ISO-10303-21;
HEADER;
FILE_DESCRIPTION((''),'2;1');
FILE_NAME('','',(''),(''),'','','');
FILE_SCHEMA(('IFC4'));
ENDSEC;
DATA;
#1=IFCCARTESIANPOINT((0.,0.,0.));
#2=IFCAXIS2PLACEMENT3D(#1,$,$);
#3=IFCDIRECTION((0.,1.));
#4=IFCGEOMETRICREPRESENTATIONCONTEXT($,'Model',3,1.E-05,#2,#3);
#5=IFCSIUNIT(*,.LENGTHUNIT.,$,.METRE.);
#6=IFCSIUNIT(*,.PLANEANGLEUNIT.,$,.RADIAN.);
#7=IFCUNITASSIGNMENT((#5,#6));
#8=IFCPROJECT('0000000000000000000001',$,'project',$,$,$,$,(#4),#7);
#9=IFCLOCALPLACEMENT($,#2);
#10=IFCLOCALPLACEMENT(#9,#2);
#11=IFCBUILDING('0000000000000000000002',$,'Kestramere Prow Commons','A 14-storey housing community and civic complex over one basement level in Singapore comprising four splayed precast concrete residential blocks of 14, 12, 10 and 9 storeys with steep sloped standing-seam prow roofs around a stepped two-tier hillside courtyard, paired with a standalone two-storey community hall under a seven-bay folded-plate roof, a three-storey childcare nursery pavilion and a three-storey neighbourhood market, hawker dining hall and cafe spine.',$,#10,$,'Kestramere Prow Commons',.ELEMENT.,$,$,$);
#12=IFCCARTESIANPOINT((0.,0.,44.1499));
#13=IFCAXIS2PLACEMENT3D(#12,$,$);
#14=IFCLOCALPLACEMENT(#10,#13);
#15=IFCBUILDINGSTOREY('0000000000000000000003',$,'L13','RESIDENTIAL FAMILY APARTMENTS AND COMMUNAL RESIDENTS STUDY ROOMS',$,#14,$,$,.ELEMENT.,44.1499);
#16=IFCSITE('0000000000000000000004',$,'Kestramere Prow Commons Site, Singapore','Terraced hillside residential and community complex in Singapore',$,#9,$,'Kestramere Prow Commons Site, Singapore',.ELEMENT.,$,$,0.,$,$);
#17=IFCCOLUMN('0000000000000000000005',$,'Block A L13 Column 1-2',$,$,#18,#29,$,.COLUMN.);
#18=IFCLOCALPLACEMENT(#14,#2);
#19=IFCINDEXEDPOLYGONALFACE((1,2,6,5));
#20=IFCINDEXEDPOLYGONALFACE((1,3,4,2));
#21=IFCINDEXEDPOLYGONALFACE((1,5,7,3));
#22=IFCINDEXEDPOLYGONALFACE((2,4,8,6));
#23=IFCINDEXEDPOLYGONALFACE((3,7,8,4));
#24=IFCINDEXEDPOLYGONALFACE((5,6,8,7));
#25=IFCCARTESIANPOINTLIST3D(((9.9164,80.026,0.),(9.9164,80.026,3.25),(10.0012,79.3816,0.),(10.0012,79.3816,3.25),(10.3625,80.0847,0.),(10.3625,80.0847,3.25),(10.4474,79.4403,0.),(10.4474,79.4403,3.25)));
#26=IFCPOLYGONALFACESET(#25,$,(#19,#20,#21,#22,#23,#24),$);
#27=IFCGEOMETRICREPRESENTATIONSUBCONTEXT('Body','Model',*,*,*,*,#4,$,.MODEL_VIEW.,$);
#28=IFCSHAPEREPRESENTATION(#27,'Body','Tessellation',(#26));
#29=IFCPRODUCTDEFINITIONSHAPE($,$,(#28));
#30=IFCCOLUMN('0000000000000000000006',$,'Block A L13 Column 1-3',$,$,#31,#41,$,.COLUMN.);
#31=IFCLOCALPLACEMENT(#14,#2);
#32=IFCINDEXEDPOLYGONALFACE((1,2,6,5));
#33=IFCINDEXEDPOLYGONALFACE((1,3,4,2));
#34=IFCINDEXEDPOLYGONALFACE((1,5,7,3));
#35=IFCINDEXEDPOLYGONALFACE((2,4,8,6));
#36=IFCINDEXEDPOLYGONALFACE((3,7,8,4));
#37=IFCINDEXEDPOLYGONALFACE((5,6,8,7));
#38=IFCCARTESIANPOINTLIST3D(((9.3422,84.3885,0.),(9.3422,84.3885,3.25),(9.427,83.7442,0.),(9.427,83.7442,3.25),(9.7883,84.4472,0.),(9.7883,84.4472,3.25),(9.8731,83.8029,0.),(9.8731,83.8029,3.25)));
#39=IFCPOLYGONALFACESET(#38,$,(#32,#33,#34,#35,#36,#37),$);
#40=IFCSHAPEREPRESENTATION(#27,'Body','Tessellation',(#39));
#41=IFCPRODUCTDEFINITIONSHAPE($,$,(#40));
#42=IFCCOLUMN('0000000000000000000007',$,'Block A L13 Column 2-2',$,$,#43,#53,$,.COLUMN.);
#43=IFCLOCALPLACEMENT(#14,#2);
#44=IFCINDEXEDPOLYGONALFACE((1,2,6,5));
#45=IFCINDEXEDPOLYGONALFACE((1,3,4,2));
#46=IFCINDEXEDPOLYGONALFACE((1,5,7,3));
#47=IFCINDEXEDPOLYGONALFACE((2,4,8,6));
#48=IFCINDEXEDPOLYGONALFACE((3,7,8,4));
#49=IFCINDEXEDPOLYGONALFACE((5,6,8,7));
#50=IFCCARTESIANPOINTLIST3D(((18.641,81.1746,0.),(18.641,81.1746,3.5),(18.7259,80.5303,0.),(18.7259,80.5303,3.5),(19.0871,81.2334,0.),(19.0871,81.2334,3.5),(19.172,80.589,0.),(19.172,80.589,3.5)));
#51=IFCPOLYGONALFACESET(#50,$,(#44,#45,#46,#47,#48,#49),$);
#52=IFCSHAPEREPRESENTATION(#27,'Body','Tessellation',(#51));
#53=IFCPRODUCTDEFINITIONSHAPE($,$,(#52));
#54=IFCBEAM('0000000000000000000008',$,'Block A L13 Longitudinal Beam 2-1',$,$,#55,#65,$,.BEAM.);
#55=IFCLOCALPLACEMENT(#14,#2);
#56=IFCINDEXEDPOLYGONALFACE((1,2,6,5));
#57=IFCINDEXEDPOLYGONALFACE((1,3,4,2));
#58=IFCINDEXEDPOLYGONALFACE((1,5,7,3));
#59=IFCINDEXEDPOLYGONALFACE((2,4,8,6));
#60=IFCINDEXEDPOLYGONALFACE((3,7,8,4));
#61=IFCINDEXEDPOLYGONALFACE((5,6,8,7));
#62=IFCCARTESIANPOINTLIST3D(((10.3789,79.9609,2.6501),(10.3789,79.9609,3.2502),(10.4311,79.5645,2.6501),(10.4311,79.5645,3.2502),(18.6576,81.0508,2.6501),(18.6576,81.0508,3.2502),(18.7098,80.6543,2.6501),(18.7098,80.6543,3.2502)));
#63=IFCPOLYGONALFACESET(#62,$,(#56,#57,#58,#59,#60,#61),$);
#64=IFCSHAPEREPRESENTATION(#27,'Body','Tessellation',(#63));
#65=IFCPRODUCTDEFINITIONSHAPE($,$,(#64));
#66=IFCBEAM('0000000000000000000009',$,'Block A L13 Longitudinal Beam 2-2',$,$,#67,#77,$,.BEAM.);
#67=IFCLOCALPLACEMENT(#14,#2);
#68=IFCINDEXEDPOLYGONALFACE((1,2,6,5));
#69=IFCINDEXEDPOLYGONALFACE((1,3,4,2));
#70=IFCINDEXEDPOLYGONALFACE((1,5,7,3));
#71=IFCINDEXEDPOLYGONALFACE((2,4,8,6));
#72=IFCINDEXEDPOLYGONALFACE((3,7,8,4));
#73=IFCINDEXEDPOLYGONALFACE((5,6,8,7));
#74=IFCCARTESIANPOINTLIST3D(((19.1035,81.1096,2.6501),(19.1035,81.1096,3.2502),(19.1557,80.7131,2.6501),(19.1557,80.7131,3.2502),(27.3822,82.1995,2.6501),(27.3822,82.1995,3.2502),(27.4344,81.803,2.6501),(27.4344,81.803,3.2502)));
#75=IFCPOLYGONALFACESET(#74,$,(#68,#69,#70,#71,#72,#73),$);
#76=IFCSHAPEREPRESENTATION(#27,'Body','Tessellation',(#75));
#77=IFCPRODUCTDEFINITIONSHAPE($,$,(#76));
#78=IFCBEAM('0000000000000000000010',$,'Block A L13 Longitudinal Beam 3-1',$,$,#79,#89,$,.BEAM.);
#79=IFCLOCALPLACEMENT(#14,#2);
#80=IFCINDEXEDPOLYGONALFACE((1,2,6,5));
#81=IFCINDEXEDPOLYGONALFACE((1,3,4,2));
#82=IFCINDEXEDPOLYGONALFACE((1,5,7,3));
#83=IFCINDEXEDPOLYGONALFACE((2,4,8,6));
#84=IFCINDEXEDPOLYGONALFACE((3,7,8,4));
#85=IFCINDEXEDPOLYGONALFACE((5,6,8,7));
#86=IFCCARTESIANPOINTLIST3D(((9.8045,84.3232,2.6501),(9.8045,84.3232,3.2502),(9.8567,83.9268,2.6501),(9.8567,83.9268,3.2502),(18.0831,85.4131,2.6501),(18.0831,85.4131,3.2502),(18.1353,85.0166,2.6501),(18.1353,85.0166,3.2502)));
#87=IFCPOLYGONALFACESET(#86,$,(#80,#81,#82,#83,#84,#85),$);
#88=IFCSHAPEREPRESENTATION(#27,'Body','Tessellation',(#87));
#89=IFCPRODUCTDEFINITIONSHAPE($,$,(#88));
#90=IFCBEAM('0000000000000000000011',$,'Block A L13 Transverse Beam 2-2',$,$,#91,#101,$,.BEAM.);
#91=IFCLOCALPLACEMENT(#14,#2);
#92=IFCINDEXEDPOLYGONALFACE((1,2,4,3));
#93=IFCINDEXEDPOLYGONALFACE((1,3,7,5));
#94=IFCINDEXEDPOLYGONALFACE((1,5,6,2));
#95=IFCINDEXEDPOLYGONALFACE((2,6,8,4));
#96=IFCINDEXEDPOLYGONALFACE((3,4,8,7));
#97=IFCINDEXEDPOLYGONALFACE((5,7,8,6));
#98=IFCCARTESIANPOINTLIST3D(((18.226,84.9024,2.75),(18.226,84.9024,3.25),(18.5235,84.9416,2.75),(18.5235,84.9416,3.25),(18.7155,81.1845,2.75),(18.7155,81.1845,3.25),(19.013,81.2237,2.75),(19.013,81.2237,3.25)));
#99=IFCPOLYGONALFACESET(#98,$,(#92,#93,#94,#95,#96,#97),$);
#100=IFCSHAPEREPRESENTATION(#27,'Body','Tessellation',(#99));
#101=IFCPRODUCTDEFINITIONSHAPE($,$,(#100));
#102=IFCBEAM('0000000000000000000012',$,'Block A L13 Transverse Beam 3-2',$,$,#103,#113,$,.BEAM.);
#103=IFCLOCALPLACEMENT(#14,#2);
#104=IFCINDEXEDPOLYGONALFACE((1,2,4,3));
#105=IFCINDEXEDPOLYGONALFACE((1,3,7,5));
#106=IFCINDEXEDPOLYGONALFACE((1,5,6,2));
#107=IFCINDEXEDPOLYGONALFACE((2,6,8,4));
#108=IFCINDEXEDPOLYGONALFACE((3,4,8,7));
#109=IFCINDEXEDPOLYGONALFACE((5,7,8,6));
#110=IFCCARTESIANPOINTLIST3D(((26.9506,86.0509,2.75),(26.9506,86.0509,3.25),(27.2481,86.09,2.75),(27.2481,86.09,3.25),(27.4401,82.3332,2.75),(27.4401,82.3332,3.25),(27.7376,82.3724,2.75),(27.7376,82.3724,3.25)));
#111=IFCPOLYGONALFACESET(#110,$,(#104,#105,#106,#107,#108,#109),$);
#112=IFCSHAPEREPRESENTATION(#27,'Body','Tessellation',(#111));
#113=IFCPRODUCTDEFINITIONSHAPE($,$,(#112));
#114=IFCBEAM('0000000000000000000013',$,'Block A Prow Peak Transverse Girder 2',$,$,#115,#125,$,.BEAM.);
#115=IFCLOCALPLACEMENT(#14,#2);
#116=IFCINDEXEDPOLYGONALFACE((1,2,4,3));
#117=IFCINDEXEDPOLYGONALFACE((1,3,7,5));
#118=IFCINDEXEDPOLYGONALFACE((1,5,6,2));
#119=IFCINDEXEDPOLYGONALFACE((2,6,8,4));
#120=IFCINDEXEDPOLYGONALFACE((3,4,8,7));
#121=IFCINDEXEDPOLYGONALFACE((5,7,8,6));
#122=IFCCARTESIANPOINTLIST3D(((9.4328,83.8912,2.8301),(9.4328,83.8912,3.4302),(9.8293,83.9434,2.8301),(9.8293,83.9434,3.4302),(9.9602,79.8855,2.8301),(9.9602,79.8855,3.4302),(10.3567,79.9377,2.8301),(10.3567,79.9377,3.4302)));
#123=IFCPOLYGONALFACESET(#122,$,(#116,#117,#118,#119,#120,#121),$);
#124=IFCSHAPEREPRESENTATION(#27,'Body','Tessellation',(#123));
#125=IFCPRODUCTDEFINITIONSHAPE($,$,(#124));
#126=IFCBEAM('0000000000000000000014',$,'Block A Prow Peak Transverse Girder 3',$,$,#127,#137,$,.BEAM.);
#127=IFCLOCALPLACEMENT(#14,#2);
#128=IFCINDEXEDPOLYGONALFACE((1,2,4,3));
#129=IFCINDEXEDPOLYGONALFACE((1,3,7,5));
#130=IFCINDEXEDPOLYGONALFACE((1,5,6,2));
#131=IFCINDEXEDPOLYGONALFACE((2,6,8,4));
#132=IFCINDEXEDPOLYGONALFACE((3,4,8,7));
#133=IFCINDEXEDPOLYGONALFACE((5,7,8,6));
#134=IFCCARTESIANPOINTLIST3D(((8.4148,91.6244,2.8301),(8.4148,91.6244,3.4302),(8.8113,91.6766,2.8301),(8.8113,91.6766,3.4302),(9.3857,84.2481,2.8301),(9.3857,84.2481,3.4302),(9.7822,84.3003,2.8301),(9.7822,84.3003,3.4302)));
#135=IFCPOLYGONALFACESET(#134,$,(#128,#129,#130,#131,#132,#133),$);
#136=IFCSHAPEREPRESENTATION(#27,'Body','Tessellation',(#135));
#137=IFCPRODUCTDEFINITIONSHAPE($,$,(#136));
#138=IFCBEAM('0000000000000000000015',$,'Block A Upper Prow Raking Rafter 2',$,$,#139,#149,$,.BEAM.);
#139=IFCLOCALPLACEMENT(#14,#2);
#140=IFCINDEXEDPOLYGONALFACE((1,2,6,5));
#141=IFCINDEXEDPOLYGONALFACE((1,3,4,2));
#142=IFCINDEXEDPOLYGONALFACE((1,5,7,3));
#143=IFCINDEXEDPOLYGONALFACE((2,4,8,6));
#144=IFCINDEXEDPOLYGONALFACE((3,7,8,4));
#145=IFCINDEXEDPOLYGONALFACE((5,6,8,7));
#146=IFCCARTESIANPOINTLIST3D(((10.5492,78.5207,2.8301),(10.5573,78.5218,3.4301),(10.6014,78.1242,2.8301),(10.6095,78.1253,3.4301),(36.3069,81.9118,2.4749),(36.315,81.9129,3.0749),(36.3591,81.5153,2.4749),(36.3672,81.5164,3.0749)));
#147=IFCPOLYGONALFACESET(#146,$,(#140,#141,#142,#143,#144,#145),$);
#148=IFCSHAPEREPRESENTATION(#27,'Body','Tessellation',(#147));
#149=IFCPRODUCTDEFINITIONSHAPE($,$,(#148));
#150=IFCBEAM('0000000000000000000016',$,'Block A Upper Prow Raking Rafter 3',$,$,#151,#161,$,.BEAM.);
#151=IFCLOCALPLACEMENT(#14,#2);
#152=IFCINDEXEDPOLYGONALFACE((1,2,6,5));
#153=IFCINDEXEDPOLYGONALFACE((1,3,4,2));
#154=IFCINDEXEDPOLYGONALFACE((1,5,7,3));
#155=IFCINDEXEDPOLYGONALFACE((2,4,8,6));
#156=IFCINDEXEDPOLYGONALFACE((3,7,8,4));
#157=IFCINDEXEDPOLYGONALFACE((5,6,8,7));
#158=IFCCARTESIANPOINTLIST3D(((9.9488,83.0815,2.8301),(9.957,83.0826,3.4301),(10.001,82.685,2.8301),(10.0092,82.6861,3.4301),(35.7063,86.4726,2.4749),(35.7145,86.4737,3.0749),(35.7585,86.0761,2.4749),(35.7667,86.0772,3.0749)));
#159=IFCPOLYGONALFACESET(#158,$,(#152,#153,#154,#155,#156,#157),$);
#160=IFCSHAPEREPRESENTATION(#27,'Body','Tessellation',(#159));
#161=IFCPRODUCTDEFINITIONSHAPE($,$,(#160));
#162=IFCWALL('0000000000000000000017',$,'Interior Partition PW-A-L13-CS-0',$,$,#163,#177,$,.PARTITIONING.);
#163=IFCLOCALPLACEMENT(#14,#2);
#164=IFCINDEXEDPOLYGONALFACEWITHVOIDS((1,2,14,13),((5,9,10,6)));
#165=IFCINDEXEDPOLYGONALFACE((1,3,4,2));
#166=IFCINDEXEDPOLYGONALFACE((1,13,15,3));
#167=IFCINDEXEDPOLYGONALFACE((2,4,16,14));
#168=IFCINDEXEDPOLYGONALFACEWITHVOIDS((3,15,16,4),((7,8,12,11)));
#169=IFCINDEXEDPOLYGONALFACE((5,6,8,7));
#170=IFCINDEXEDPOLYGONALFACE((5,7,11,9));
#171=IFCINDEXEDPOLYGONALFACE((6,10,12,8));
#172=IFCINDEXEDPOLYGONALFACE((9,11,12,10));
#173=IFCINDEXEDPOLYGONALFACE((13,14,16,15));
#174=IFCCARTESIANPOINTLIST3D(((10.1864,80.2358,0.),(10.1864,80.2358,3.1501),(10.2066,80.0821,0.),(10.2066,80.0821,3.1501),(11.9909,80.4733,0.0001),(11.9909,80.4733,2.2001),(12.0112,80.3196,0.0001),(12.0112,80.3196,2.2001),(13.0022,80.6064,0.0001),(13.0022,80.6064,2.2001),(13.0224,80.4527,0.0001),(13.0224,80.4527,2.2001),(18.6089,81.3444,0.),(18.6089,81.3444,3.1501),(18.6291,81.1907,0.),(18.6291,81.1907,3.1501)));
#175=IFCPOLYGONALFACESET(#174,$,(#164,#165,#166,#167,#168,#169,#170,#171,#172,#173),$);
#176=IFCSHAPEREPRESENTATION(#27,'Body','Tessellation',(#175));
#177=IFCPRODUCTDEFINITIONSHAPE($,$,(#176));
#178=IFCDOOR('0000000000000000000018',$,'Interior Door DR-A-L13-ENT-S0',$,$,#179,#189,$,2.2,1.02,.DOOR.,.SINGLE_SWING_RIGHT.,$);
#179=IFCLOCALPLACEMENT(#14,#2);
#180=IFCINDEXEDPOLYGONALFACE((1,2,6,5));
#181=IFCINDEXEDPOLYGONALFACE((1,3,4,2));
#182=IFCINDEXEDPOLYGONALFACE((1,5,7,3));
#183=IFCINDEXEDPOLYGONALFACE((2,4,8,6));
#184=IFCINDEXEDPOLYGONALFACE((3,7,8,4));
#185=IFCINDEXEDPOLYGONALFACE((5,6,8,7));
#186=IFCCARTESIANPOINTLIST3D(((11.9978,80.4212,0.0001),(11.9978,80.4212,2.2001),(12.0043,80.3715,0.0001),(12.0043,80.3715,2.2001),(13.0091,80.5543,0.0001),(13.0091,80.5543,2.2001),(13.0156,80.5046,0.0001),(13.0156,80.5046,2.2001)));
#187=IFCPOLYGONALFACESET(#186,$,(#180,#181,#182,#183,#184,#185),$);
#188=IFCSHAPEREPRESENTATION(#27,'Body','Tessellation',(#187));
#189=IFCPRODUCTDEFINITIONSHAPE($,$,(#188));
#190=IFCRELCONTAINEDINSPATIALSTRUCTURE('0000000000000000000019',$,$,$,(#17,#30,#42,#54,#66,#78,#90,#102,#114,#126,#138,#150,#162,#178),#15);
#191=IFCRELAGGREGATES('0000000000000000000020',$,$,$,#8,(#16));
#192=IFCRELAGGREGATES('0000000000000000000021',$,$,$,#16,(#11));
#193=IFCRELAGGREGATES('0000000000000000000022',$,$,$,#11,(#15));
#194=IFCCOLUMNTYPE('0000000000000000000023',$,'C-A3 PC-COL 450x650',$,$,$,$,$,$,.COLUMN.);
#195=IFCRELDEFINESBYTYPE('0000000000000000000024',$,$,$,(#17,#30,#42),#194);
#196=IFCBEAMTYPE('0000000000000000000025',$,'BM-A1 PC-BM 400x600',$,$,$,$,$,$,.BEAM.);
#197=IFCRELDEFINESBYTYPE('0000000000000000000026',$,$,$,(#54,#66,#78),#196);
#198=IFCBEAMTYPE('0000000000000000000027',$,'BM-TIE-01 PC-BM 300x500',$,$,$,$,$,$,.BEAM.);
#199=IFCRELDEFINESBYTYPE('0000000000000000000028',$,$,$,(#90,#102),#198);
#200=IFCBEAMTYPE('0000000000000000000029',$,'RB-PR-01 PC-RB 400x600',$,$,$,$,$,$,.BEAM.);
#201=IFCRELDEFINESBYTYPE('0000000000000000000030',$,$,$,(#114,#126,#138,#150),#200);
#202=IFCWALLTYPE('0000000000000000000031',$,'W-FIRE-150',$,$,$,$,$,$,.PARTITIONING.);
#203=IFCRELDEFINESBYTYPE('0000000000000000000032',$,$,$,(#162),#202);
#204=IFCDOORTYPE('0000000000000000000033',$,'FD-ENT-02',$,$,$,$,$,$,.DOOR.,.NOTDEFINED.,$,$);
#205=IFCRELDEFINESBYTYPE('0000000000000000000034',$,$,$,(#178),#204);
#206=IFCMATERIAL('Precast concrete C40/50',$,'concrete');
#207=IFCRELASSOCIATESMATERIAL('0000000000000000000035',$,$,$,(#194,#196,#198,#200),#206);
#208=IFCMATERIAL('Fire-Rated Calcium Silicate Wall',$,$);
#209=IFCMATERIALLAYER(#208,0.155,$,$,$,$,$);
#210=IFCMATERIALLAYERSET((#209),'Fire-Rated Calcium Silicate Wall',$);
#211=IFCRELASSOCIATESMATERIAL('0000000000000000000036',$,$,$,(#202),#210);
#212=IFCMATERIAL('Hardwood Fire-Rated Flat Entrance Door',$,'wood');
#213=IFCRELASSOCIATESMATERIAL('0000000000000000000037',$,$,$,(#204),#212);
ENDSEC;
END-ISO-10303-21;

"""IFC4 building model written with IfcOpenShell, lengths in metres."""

from ifc_helpers import new_model, si_unit, direction, frame, frame_2d, origin, origin_2d, place, context, subcontext, project, spatial, rectangle, extrude, material, layer, layer_set, material_profile, profile_set, type_object, element, fill, save


model = new_model("IFC4")

# Units and contexts
model_context = context("Model", 3, precision=1e-05, world=origin(), true_north=direction((0.0, 1.0)))
body_context = subcontext(model_context, "Body", "Model", "MODEL_VIEW")
ifc_project = project(units=[si_unit("LENGTHUNIT", "METRE"), si_unit("PLANEANGLEUNIT", "RADIAN")], contexts=[model_context])

# Site, building, storey
site_placement = place(None, origin())
site = spatial("IfcSite", under=ifc_project, at=site_placement, Name="Kestramere Prow Commons Site, Singapore", Description="Terraced hillside residential and community complex in Singapore", LongName="Kestramere Prow Commons Site, Singapore", CompositionType="ELEMENT", RefElevation=0.0)
building_placement = place(site_placement, origin())
building = spatial("IfcBuilding", under=site, at=building_placement, Name="Kestramere Prow Commons", Description="A 14-storey housing community and civic complex over one basement level in Singapore comprising four splayed precast concrete residential blocks of 14, 12, 10 and 9 storeys with steep sloped standing-seam prow roofs around a stepped two-tier hillside courtyard, paired with a standalone two-storey community hall under a seven-bay folded-plate roof, a three-storey childcare nursery pavilion and a three-storey neighbourhood market, hawker dining hall and cafe spine.", LongName="Kestramere Prow Commons", CompositionType="ELEMENT")
storey_placement = place(building_placement, frame((0.0, 0.0, 44.1499)))
storey = spatial("IfcBuildingStorey", under=building, at=storey_placement, Name="L13", Description="RESIDENTIAL FAMILY APARTMENTS AND COMMUNAL RESIDENTS STUDY ROOMS", CompositionType="ELEMENT", Elevation=44.1499)

# Columns
ifc_material_1 = material(Name="Precast concrete C40/50", Category="concrete")
ifc_material_profile_1 = material_profile(ifc_material_1, rectangle(XDim=0.45, YDim=0.6499, at=origin_2d()), Name="PC-COL 450x650")
ifc_profile_set_1 = profile_set([ifc_material_profile_1], Name="Precast concrete C40/50")
column_type = type_object("IfcColumnType", Name="C-A3 PC-COL 450x650", PredefinedType="COLUMN", material=ifc_profile_set_1)
for number, where, z_axis, x_axis, name in (
    (1, (10.1819, 79.7332, 0.0), (0.0, 0.0, 1.0), (0.991445, 0.130526, 0.0), "Block A L13 Column 1-2"),
    (2, (9.6077, 84.0957, 0.0), (0.0, 0.0, 1.0), (0.991445, 0.130526, 0.0), "Block A L13 Column 1-3"),
):
    element("IfcColumn", number, at=place(storey_placement, frame(where, z_axis=z_axis, x_axis=x_axis)), inside=storey, type_object=column_type, Name=name, PredefinedType="COLUMN", context=body_context, shape_type="SweptSolid", body=[
        extrude(rectangle(XDim=0.45, YDim=0.6499, at=origin_2d()), origin(), (0.0, 0.0, 1.0), 3.25),
    ])
column_placement = place(storey_placement, frame((18.9065, 80.8818, 0.0), z_axis=(0.0, 0.0, 1.0), x_axis=(0.991445, 0.130526, 0.0)))
element("IfcColumn", 3, at=column_placement, inside=storey, type_object=column_type, Name="Block A L13 Column 2-2", PredefinedType="COLUMN", context=body_context, shape_type="SweptSolid", body=[
    extrude(rectangle(XDim=0.45, YDim=0.6499, at=origin_2d()), origin(), (0.0, 0.0, 1.0), 3.5),
])

# Beams
ifc_material_profile_2 = material_profile(ifc_material_1, rectangle(XDim=0.3999, YDim=0.6001, at=origin_2d()), Name="PC-BM 400x600")
ifc_profile_set_2 = profile_set([ifc_material_profile_2], Name="Precast concrete C40/50")
beam_type_1 = type_object("IfcBeamType", Name="BM-A1 PC-BM 400x600", PredefinedType="BEAM", material=ifc_profile_set_2)
for number, where, z_axis, x_axis, name in (
    (4, (10.405, 79.7627, 2.9502), (0.991446, 0.13052, 0.0), (-0.13052, 0.991446, 0.0), "Block A L13 Longitudinal Beam 2-1"),
    (5, (19.1296, 80.9114, 2.9502), (0.991446, 0.13052, 0.0), (-0.13052, 0.991446, 0.0), "Block A L13 Longitudinal Beam 2-2"),
    (6, (9.8306, 84.125, 2.9502), (0.991446, 0.13052, 0.0), (-0.13052, 0.991446, 0.0), "Block A L13 Longitudinal Beam 3-1"),
):
    element("IfcBeam", number, at=place(storey_placement, frame(where, z_axis=z_axis, x_axis=x_axis)), inside=storey, type_object=beam_type_1, Name=name, PredefinedType="BEAM", context=body_context, shape_type="SweptSolid", body=[
        extrude(rectangle(XDim=0.3999, YDim=0.6001, at=origin_2d()), origin(), (0.0, 0.0, 1.0), 8.3501),
    ])
ifc_material_profile_3 = material_profile(ifc_material_1, rectangle(XDim=0.3, YDim=0.5, at=origin_2d()), Name="PC-BM 300x500")
ifc_profile_set_3 = profile_set([ifc_material_profile_3], Name="Precast concrete C40/50")
beam_type_2 = type_object("IfcBeamType", Name="BM-TIE-01 PC-BM 300x500", PredefinedType="BEAM", material=ifc_profile_set_3)
beam_1_placement = place(storey_placement, frame((18.8643, 81.2041, 3.0), z_axis=(-0.13053, 0.991444, 0.0), x_axis=(-0.991444, -0.13053, 0.0)))
element("IfcBeam", 7, at=beam_1_placement, inside=storey, type_object=beam_type_2, Name="Block A L13 Transverse Beam 2-2", PredefinedType="BEAM", context=body_context, shape_type="SweptSolid", body=[
    extrude(rectangle(XDim=0.3, YDim=0.5, at=origin_2d()), origin(), (0.0, 0.0, 1.0), 3.75),
])
beam_2_placement = place(storey_placement, frame((27.5889, 82.3528, 3.0), z_axis=(-0.130539, 0.991443, 0.0), x_axis=(-0.991443, -0.130539, 0.0)))
element("IfcBeam", 8, at=beam_2_placement, inside=storey, type_object=beam_type_2, Name="Block A L13 Transverse Beam 3-2", PredefinedType="BEAM", context=body_context, shape_type="SweptSolid", body=[
    extrude(rectangle(XDim=0.3, YDim=0.5, at=origin_2d()), origin(), (0.0, 0.0, 1.0), 3.7498),
])
ifc_material_profile_4 = material_profile(ifc_material_1, rectangle(XDim=0.3999, YDim=0.6001, at=origin_2d()), Name="PC-RB 400x600")
ifc_profile_set_4 = profile_set([ifc_material_profile_4], Name="Precast concrete C40/50")
beam_type_3 = type_object("IfcBeamType", Name="RB-PR-01 PC-RB 400x600", PredefinedType="BEAM", material=ifc_profile_set_4)
beam_3_placement = place(storey_placement, frame((10.1584, 79.9116, 3.1301), z_axis=(-0.130525, 0.991445, 0.0), x_axis=(-0.991445, -0.130525, 0.0)))
element("IfcBeam", 9, at=beam_3_placement, inside=storey, type_object=beam_type_3, Name="Block A Prow Peak Transverse Girder 2", PredefinedType="BEAM", context=body_context, shape_type="SweptSolid", body=[
    extrude(rectangle(XDim=0.3999, YDim=0.6001, at=origin_2d()), origin(), (0.0, 0.0, 1.0), 4.0403),
])
beam_4_placement = place(storey_placement, frame((9.584, 84.2742, 3.1301), z_axis=(-0.130506, 0.991447, 0.0), x_axis=(-0.991447, -0.130506, 0.0)))
element("IfcBeam", 10, at=beam_4_placement, inside=storey, type_object=beam_type_3, Name="Block A Prow Peak Transverse Girder 3", PredefinedType="BEAM", context=body_context, shape_type="SweptSolid", body=[
    extrude(rectangle(XDim=0.3999, YDim=0.6001, at=origin_2d()), origin(), (0.0, 0.0, 1.0), 7.4399),
])
beam_5_placement = place(storey_placement, frame((10.5793, 78.323, 3.1301), z_axis=(0.991352, 0.130515, -0.013672), x_axis=(-0.130527, 0.991445, 0.0)))
element("IfcBeam", 11, at=beam_5_placement, inside=storey, type_object=beam_type_3, Name="Block A Upper Prow Raking Rafter 2", PredefinedType="BEAM", context=body_context, shape_type="SweptSolid", body=[
    extrude(rectangle(XDim=0.3999, YDim=0.6001, at=origin_2d()), origin(), (0.0, 0.0, 1.0), 25.9824),
])
beam_6_placement = place(storey_placement, frame((9.979, 82.8838, 3.1301), z_axis=(0.991352, 0.130516, -0.013672), x_axis=(-0.130529, 0.991445, 0.0)))
element("IfcBeam", 12, at=beam_6_placement, inside=storey, type_object=beam_type_3, Name="Block A Upper Prow Raking Rafter 3", PredefinedType="BEAM", context=body_context, shape_type="SweptSolid", body=[
    extrude(rectangle(XDim=0.3999, YDim=0.6001, at=origin_2d()), origin(), (0.0, 0.0, 1.0), 25.9822),
])

# Wall, opening, door
ifc_material_2 = material(Name="Fire-Rated Calcium Silicate Wall")
ifc_layer_1 = layer(ifc_material_2, 0.155)
ifc_layer_set_1 = layer_set([ifc_layer_1], Name="Fire-Rated Calcium Silicate Wall")
wall_type_1 = type_object("IfcWallType", Name="W-FIRE-150", PredefinedType="PARTITIONING", material=ifc_layer_set_1)
wall_1_placement = place(storey_placement, frame((10.1965, 80.1589, 0.0), z_axis=(0.0, 0.0, 1.0), x_axis=(0.991448, 0.130505, 0.0)))
wall_1 = element("IfcWall", 13, at=wall_1_placement, inside=storey, type_object=wall_type_1, Name="Interior Partition PW-A-L13-CS-0", PredefinedType="PARTITIONING", context=body_context, shape_type="SweptSolid", body=[
    extrude(rectangle(XDim=8.4951, YDim=0.155, at=frame_2d((4.2476, 0.0))), origin(), (0.0, 0.0, 1.0), 3.1501),
])
opening_1_placement = place(wall_1_placement, frame((1.8201, 0.0, 0.0)))
opening_1 = element("IfcOpeningElement", 14, at=opening_1_placement, cuts=wall_1, PredefinedType="OPENING", context=body_context, shape_type="SweptSolid", body=[
    extrude(rectangle(XDim=1.02, YDim=2.2, at=frame_2d((0.51, 1.1001))), frame((0.0, 0.0925, 0.0), z_axis=(0.0, -1.0, 0.0), x_axis=(1.0, 0.0, 0.0)), (0.0, 0.0, 1.0), 0.1851),
])
ifc_material_3 = material(Name="Hardwood Fire-Rated Flat Entrance Door", Category="wood")
door_type_1 = type_object("IfcDoorType", Name="FD-ENT-02", OperationType="NOTDEFINED", PredefinedType="DOOR", material=ifc_material_3)
door_1_placement = place(opening_1_placement, origin())
door_1 = element("IfcDoor", 15, at=door_1_placement, inside=storey, type_object=door_type_1, Name="Interior Door DR-A-L13-ENT-S0", OperationType="SINGLE_SWING_RIGHT", OverallHeight=2.2, OverallWidth=1.02, PredefinedType="DOOR", context=body_context, shape_type="SweptSolid", body=[
    extrude(rectangle(XDim=1.02, YDim=2.2, at=frame_2d((0.51, 1.1001))), frame((0.0, 0.0249, 0.0), z_axis=(0.0, -1.0, 0.0), x_axis=(1.0, 0.0, 0.0)), (0.0, 0.0, 1.0), 0.05),
])
fill(opening_1, door_1)

save(model, "model.ifc")
